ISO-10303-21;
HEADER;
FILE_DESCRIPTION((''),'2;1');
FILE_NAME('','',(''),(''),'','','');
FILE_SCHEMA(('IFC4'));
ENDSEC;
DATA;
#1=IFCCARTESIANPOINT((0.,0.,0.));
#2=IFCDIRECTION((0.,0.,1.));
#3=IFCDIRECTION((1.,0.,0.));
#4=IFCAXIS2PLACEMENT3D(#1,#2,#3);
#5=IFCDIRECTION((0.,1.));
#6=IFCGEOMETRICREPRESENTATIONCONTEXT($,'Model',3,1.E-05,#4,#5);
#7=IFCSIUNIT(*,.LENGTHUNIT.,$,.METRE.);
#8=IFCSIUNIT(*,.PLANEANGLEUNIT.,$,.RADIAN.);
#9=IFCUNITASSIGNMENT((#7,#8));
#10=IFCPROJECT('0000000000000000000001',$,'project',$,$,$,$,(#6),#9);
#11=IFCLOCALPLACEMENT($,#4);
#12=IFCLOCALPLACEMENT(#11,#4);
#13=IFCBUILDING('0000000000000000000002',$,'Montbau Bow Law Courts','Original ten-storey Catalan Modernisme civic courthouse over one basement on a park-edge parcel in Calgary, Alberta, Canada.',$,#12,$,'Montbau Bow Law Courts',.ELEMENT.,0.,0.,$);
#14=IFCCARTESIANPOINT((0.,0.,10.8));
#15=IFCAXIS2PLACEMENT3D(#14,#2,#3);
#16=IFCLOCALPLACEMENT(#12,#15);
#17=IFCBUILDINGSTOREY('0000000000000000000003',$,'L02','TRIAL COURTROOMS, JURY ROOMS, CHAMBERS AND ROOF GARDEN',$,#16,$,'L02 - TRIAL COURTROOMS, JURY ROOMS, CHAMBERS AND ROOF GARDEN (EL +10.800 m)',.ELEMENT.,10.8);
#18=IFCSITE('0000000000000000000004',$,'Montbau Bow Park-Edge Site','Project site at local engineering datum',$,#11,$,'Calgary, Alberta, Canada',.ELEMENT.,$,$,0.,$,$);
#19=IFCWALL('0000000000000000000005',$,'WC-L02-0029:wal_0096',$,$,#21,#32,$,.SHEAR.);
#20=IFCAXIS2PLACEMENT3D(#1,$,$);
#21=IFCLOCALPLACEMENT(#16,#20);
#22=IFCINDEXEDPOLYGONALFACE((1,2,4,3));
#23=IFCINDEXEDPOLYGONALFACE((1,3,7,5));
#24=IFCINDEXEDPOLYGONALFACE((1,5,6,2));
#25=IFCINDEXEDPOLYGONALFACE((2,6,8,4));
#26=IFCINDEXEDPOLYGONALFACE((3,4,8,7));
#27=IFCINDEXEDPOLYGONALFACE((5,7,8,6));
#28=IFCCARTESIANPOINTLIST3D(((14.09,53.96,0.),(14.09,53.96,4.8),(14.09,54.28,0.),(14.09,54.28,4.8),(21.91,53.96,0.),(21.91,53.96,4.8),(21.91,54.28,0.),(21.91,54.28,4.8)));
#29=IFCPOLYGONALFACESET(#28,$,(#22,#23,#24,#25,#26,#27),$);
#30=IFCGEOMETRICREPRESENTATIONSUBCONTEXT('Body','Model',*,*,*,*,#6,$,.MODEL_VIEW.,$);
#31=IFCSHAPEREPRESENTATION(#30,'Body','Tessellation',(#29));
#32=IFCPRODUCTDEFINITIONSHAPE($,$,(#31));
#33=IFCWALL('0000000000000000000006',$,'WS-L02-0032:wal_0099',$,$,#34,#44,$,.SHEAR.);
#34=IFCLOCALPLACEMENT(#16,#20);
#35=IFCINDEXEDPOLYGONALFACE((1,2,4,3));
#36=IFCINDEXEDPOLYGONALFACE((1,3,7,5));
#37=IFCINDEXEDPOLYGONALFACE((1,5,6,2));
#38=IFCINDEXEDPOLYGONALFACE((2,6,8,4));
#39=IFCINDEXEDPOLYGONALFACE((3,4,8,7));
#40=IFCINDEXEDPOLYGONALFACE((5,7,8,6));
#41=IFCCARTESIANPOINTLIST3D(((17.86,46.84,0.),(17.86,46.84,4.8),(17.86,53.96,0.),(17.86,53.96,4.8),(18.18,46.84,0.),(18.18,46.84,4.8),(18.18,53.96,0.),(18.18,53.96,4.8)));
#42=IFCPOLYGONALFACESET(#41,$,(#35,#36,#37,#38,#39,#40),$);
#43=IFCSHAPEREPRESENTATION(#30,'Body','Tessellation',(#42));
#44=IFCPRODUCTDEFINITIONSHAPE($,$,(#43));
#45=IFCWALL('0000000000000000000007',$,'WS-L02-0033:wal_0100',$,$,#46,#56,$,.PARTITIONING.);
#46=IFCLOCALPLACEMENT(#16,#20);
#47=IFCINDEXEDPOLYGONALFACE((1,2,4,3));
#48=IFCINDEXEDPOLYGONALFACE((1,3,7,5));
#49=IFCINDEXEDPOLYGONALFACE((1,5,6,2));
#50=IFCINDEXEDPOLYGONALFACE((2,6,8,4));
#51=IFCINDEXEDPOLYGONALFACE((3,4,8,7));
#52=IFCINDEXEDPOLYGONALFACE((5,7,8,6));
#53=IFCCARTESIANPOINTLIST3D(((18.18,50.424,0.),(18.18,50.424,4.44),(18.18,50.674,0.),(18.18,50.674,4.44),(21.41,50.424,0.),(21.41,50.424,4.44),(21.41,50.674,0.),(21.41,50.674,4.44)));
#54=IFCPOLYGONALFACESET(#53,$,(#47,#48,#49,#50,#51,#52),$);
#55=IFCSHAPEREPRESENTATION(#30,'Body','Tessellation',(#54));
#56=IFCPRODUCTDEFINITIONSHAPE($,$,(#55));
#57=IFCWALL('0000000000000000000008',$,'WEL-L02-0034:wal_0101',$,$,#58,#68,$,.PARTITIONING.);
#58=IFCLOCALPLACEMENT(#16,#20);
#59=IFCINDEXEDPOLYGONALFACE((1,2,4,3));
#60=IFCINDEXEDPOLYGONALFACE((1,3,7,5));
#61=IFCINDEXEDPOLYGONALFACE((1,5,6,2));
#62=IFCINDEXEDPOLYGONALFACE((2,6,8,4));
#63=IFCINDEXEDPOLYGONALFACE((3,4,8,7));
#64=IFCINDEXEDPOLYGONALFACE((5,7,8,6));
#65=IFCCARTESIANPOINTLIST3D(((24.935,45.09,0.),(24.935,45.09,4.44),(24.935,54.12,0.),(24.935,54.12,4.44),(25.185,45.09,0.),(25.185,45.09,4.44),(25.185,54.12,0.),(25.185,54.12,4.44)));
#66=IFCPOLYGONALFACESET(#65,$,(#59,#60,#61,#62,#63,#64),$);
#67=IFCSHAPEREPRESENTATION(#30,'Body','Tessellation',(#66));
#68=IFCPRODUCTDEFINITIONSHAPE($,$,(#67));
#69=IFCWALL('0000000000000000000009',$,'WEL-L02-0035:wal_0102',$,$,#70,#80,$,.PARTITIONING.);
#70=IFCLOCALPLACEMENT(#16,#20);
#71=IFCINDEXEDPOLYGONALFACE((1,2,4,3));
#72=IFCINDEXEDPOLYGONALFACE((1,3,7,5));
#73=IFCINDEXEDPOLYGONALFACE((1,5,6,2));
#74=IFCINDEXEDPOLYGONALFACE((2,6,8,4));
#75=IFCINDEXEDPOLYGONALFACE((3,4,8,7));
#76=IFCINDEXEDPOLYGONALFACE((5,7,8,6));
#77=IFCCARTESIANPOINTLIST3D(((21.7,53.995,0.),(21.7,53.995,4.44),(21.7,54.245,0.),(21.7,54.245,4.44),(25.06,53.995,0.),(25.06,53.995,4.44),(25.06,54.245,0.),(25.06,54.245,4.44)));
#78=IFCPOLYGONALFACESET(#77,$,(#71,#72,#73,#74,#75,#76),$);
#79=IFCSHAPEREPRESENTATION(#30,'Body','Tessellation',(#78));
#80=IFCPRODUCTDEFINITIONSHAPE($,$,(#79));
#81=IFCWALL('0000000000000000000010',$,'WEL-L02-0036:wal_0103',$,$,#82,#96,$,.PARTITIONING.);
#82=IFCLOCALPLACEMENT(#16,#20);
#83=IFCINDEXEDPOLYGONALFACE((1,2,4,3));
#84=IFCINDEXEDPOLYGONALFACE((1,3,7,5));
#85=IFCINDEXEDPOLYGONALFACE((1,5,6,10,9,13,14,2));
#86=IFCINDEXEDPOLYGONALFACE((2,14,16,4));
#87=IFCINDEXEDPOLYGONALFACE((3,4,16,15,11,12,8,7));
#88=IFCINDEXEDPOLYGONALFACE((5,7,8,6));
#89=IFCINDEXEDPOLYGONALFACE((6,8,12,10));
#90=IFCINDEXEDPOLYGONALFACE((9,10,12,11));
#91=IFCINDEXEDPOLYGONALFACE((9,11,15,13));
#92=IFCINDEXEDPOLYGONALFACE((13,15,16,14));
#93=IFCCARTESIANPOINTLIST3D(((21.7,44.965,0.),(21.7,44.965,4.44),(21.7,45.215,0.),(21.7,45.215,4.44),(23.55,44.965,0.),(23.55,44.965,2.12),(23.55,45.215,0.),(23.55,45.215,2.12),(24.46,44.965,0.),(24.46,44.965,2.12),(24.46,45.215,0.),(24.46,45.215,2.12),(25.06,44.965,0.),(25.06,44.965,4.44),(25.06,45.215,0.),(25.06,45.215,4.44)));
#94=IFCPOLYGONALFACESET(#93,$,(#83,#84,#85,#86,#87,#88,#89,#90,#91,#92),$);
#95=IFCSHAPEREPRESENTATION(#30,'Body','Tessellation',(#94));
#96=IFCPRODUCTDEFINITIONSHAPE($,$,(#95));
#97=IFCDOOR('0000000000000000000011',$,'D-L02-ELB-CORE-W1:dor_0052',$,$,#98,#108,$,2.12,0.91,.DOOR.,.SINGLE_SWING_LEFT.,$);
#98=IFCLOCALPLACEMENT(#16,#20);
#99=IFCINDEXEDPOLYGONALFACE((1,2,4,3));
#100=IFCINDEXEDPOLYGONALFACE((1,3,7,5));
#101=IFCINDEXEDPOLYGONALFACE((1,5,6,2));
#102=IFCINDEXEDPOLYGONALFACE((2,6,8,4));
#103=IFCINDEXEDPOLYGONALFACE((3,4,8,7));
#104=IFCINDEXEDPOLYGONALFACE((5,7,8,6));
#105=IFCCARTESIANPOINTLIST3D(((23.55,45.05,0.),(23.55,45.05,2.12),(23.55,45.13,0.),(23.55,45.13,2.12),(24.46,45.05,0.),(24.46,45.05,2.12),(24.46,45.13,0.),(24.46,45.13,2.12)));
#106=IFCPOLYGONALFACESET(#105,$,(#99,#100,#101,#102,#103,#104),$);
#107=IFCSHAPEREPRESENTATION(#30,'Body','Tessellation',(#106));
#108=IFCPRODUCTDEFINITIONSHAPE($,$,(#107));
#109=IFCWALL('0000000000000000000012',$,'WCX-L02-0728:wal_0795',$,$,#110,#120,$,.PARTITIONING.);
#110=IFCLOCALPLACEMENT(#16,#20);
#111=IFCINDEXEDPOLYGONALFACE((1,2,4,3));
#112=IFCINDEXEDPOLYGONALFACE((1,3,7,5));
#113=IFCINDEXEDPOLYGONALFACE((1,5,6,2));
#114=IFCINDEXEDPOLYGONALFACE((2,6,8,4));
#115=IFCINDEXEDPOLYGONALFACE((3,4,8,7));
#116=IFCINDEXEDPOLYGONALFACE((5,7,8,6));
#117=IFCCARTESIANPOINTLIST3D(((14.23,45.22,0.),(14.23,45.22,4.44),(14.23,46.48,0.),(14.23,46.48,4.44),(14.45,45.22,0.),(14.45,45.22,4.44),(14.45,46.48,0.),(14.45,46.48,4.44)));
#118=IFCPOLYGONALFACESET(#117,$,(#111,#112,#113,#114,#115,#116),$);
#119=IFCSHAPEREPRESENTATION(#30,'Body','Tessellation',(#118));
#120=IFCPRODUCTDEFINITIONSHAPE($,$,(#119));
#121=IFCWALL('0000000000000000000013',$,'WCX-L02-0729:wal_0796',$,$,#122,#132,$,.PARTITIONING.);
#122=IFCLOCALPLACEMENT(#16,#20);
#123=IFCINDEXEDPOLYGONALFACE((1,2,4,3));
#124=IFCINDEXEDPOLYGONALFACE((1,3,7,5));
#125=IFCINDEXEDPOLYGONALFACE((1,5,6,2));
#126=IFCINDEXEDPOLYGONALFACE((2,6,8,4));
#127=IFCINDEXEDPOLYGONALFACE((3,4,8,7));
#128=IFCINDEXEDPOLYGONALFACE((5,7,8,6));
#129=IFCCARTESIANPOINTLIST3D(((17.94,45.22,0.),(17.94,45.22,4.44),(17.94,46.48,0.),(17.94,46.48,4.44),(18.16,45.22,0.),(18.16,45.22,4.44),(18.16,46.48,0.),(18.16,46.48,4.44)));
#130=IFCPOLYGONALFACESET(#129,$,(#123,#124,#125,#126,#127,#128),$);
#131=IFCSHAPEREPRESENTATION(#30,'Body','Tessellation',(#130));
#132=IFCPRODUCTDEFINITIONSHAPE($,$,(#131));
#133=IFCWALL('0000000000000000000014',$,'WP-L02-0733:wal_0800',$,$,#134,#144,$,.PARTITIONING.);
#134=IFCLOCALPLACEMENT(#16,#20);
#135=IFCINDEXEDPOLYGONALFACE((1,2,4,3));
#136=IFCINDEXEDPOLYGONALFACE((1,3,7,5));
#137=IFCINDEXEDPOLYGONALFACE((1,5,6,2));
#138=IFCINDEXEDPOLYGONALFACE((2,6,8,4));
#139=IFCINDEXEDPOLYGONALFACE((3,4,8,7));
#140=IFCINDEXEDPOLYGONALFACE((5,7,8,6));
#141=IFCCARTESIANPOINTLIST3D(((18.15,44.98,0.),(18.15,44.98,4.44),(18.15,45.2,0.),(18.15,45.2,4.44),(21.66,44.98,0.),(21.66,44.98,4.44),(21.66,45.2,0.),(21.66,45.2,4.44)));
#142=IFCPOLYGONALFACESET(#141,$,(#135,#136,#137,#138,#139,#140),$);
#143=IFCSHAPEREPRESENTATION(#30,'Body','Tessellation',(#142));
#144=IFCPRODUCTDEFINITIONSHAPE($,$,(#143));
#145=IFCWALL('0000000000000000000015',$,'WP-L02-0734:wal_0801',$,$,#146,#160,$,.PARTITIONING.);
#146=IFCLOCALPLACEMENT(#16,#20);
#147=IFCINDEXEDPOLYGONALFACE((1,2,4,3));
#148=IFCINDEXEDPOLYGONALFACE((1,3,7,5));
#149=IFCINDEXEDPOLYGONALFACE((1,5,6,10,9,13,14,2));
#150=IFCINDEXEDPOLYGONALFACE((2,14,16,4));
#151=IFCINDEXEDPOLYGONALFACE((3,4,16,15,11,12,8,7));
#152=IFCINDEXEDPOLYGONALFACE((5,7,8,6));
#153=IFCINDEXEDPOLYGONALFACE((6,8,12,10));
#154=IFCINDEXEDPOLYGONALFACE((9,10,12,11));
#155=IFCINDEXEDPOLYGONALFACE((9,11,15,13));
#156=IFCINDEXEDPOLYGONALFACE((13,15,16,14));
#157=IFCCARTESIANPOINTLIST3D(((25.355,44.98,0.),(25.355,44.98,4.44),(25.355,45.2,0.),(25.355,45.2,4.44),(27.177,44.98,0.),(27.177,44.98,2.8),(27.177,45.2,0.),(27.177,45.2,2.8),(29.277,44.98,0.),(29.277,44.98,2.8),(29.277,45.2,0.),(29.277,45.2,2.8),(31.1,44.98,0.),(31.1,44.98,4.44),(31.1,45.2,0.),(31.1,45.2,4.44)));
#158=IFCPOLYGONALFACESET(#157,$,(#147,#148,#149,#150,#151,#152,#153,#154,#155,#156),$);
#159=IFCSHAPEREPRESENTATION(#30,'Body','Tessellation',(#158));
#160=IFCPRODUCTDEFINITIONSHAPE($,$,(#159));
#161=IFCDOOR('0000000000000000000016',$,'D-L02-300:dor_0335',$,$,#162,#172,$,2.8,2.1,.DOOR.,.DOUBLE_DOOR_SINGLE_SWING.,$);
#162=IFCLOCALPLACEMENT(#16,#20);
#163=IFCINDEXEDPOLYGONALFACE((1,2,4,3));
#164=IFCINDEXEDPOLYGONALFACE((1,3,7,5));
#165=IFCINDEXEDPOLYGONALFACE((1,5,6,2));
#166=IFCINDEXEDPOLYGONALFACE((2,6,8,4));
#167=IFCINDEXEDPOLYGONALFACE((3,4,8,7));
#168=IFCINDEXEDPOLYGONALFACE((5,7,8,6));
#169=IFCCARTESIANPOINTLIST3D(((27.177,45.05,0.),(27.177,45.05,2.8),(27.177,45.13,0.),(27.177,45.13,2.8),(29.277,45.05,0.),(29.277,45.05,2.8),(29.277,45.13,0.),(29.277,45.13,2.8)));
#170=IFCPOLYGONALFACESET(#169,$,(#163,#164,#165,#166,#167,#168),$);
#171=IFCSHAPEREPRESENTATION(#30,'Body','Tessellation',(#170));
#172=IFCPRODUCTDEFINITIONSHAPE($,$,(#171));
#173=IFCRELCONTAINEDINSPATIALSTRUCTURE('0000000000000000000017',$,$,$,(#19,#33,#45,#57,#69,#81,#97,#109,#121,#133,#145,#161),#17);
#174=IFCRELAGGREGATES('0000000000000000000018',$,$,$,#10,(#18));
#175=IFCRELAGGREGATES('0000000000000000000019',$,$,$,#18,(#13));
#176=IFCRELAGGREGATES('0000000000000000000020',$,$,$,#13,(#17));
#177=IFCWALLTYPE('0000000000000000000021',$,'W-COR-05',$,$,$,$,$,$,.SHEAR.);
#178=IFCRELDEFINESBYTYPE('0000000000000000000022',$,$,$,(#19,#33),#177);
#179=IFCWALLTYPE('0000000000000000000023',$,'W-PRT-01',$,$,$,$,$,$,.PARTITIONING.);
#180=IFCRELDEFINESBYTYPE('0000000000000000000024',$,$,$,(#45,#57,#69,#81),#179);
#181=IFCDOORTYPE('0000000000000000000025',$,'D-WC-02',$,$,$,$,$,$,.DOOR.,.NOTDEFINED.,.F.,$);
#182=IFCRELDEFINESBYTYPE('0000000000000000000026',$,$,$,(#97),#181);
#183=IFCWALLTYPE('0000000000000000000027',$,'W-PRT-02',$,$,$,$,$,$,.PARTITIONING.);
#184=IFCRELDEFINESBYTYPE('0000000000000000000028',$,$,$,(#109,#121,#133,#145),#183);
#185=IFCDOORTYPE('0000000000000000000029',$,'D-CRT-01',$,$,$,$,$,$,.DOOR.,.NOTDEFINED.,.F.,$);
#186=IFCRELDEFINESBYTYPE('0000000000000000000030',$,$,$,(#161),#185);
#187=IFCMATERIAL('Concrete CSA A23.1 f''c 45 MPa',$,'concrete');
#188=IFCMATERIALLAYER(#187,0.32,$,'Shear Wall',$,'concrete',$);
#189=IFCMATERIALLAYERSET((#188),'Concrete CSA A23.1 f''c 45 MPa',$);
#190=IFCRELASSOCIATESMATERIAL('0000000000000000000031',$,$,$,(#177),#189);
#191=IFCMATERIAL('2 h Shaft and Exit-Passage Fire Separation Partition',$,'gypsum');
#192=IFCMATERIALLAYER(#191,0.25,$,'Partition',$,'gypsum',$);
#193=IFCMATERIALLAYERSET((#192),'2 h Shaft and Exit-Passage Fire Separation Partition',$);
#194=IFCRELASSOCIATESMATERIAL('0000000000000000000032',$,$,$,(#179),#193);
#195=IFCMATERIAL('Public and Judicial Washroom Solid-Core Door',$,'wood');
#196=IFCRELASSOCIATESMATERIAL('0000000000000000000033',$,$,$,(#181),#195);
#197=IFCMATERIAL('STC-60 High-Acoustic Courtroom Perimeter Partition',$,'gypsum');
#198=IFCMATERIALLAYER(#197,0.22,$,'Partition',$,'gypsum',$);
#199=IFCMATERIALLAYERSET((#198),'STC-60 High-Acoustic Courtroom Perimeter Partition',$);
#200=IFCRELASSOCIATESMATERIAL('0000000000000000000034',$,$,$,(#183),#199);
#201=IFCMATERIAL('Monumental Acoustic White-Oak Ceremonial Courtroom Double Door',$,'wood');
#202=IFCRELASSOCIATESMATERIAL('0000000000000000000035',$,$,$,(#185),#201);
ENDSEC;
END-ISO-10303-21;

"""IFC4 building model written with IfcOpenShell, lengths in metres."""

from ifc_helpers import new_model, si_unit, direction, frame, frame_2d, origin_with_axes, place, context, subcontext, project, spatial, rectangle, extrude, material, layer, layer_set, type_object, element, fill, save


model = new_model("IFC4")

# Units and contexts
model_context = context("Model", 3, precision=1e-05, world=origin_with_axes(), true_north=direction((0.0, 1.0)))
body_context = subcontext(model_context, "Body", "Model", "MODEL_VIEW")
ifc_project = project(units=[si_unit("LENGTHUNIT", "METRE"), si_unit("PLANEANGLEUNIT", "RADIAN")], contexts=[model_context])

# Site, building, storey
site_placement = place(None, origin_with_axes())
site = spatial("IfcSite", under=ifc_project, at=site_placement, Name="Montbau Bow Park-Edge Site", Description="Project site at local engineering datum", LongName="Calgary, Alberta, Canada", CompositionType="ELEMENT", RefElevation=0.0)
building_placement = place(site_placement, origin_with_axes())
building = spatial("IfcBuilding", under=site, at=building_placement, Name="Montbau Bow Law Courts", Description="Original ten-storey Catalan Modernisme civic courthouse over one basement on a park-edge parcel in Calgary, Alberta, Canada.", LongName="Montbau Bow Law Courts", CompositionType="ELEMENT", ElevationOfRefHeight=0.0, ElevationOfTerrain=0.0)
storey_placement = place(building_placement, frame((0.0, 0.0, 10.8), z_axis=(0.0, 0.0, 1.0), x_axis=(1.0, 0.0, 0.0)))
storey = spatial("IfcBuildingStorey", under=building, at=storey_placement, Name="L02", Description="TRIAL COURTROOMS, JURY ROOMS, CHAMBERS AND ROOF GARDEN", LongName="L02 - TRIAL COURTROOMS, JURY ROOMS, CHAMBERS AND ROOF GARDEN (EL +10.800 m)", CompositionType="ELEMENT", Elevation=10.8)

# Shared definitions
ifc_material_1 = material(Name="Concrete CSA A23.1 f'c 45 MPa", Category="concrete")

# Walls
ifc_layer_1 = layer(ifc_material_1, 0.32, Name="Shear Wall", Category="concrete")
ifc_layer_set_1 = layer_set([ifc_layer_1], Name="Concrete CSA A23.1 f'c 45 MPa")
wall_type_1 = type_object("IfcWallType", Name="W-COR-05", PredefinedType="SHEAR", material=ifc_layer_set_1)
wall_1_placement = place(None, frame((21.91, 54.12, 10.8), z_axis=(0.0, 0.0, 1.0), x_axis=(-1.0, 0.0, 0.0)))
element("IfcWall", 1, at=wall_1_placement, inside=storey, type_object=wall_type_1, Name="WC-L02-0029:wal_0096", PredefinedType="SHEAR", context=body_context, shape_type="SweptSolid", body=[
    extrude(rectangle(XDim=7.82, YDim=0.32, at=frame_2d((3.91, 0.0), x_axis=(1.0, 0.0))), origin_with_axes(), (0.0, 0.0, 1.0), 4.8),
])
wall_2_placement = place(None, frame((18.02, 46.84, 10.8), z_axis=(0.0, 0.0, 1.0), x_axis=(0.0, 1.0, 0.0)))
element("IfcWall", 2, at=wall_2_placement, inside=storey, type_object=wall_type_1, Name="WS-L02-0032:wal_0099", PredefinedType="SHEAR", context=body_context, shape_type="SweptSolid", body=[
    extrude(rectangle(XDim=7.12, YDim=0.32, at=frame_2d((3.56, 0.0), x_axis=(1.0, 0.0))), origin_with_axes(), (0.0, 0.0, 1.0), 4.8),
])
ifc_material_2 = material(Name="2 h Shaft and Exit-Passage Fire Separation Partition", Category="gypsum")
ifc_layer_2 = layer(ifc_material_2, 0.25, Name="Partition", Category="gypsum")
ifc_layer_set_2 = layer_set([ifc_layer_2], Name="2 h Shaft and Exit-Passage Fire Separation Partition")
wall_type_2 = type_object("IfcWallType", Name="W-PRT-01", PredefinedType="PARTITIONING", material=ifc_layer_set_2)
wall_3_placement = place(None, frame((18.18, 50.549, 10.8), z_axis=(0.0, 0.0, 1.0), x_axis=(1.0, 0.0, 0.0)))
element("IfcWall", 3, at=wall_3_placement, inside=storey, type_object=wall_type_2, Name="WS-L02-0033:wal_0100", PredefinedType="PARTITIONING", context=body_context, shape_type="SweptSolid", body=[
    extrude(rectangle(XDim=3.23, YDim=0.25, at=frame_2d((1.615, 0.0), x_axis=(1.0, 0.0))), origin_with_axes(), (0.0, 0.0, 1.0), 4.44),
])
wall_4_placement = place(None, frame((25.06, 45.09, 10.8), z_axis=(0.0, 0.0, 1.0), x_axis=(0.0, 1.0, 0.0)))
element("IfcWall", 4, at=wall_4_placement, inside=storey, type_object=wall_type_2, Name="WEL-L02-0034:wal_0101", PredefinedType="PARTITIONING", context=body_context, shape_type="SweptSolid", body=[
    extrude(rectangle(XDim=9.03, YDim=0.25, at=frame_2d((4.515, 0.0), x_axis=(1.0, 0.0))), origin_with_axes(), (0.0, 0.0, 1.0), 4.44),
])
wall_5_placement = place(None, frame((21.7, 54.12, 10.8), z_axis=(0.0, 0.0, 1.0), x_axis=(1.0, 0.0, 0.0)))
element("IfcWall", 5, at=wall_5_placement, inside=storey, type_object=wall_type_2, Name="WEL-L02-0035:wal_0102", PredefinedType="PARTITIONING", context=body_context, shape_type="SweptSolid", body=[
    extrude(rectangle(XDim=3.36, YDim=0.25, at=frame_2d((1.68, 0.0), x_axis=(1.0, 0.0))), origin_with_axes(), (0.0, 0.0, 1.0), 4.44),
])

# Wall, opening, door
wall_6_placement = place(None, frame((21.7, 45.09, 10.8), z_axis=(0.0, 0.0, 1.0), x_axis=(1.0, 0.0, 0.0)))
wall_6 = element("IfcWall", 6, at=wall_6_placement, inside=storey, type_object=wall_type_2, Name="WEL-L02-0036:wal_0103", PredefinedType="PARTITIONING", context=body_context, shape_type="SweptSolid", body=[
    extrude(rectangle(XDim=3.36, YDim=0.25, at=frame_2d((1.68, 0.0), x_axis=(1.0, 0.0))), origin_with_axes(), (0.0, 0.0, 1.0), 4.44),
])
opening_1_placement = place(None, frame((24.005, 45.09, 10.8), z_axis=(0.0, 0.0, 1.0), x_axis=(1.0, 0.0, 0.0)))
opening_1 = element("IfcOpeningElement", 7, at=opening_1_placement, cuts=wall_6, PredefinedType="OPENING", context=body_context, shape_type="SweptSolid", body=[
    extrude(rectangle(XDim=0.91, YDim=2.12, at=frame_2d((0.0, 1.06), x_axis=(1.0, 0.0))), frame((0.0, 0.135, 0.0), z_axis=(0.0, -1.0, 0.0), x_axis=(1.0, 0.0, 0.0)), (0.0, 0.0, 1.0), 0.27),
])
ifc_material_3 = material(Name="Public and Judicial Washroom Solid-Core Door", Category="wood")
door_type_1 = type_object("IfcDoorType", Name="D-WC-02", OperationType="NOTDEFINED", ParameterTakesPrecedence=False, PredefinedType="DOOR", material=ifc_material_3)
door_1_placement = place(None, frame((24.005, 45.09, 10.8), z_axis=(0.0, 0.0, 1.0), x_axis=(1.0, 0.0, 0.0)))
door_1 = element("IfcDoor", 8, at=door_1_placement, inside=storey, type_object=door_type_1, Name="D-L02-ELB-CORE-W1:dor_0052", OperationType="SINGLE_SWING_LEFT", OverallHeight=2.12, OverallWidth=0.91, PredefinedType="DOOR", context=body_context, shape_type="SweptSolid", body=[
    extrude(rectangle(XDim=0.91, YDim=2.12, at=frame_2d((0.0, 1.06), x_axis=(1.0, 0.0))), frame((0.0, 0.04, 0.0), z_axis=(0.0, -1.0, 0.0), x_axis=(1.0, 0.0, 0.0)), (0.0, 0.0, 1.0), 0.08),
])
fill(opening_1, door_1)

# Walls
ifc_material_4 = material(Name="STC-60 High-Acoustic Courtroom Perimeter Partition", Category="gypsum")
ifc_layer_3 = layer(ifc_material_4, 0.22, Name="Partition", Category="gypsum")
ifc_layer_set_3 = layer_set([ifc_layer_3], Name="STC-60 High-Acoustic Courtroom Perimeter Partition")
wall_type_3 = type_object("IfcWallType", Name="W-PRT-02", PredefinedType="PARTITIONING", material=ifc_layer_set_3)
for number, where, z_axis, x_axis, name in (
    (9, (14.34, 45.22, 10.8), (0.0, 0.0, 1.0), (0.0, 1.0, 0.0), "WCX-L02-0728:wal_0795"),
    (10, (18.05, 45.22, 10.8), (0.0, 0.0, 1.0), (0.0, 1.0, 0.0), "WCX-L02-0729:wal_0796"),
):
    element("IfcWall", number, at=place(None, frame(where, z_axis=z_axis, x_axis=x_axis)), inside=storey, type_object=wall_type_3, Name=name, PredefinedType="PARTITIONING", context=body_context, shape_type="SweptSolid", body=[
        extrude(rectangle(XDim=1.26, YDim=0.22, at=frame_2d((0.63, 0.0), x_axis=(1.0, 0.0))), origin_with_axes(), (0.0, 0.0, 1.0), 4.44),
    ])
wall_7_placement = place(None, frame((18.15, 45.09, 10.8), z_axis=(0.0, 0.0, 1.0), x_axis=(1.0, 0.0, 0.0)))
element("IfcWall", 11, at=wall_7_placement, inside=storey, type_object=wall_type_3, Name="WP-L02-0733:wal_0800", PredefinedType="PARTITIONING", context=body_context, shape_type="SweptSolid", body=[
    extrude(rectangle(XDim=3.51, YDim=0.22, at=frame_2d((1.755, 0.0), x_axis=(1.0, 0.0))), origin_with_axes(), (0.0, 0.0, 1.0), 4.44),
])

# Wall, opening, door
wall_8_placement = place(None, frame((25.355, 45.09, 10.8), z_axis=(0.0, 0.0, 1.0), x_axis=(1.0, 0.0, 0.0)))
wall_8 = element("IfcWall", 12, at=wall_8_placement, inside=storey, type_object=wall_type_3, Name="WP-L02-0734:wal_0801", PredefinedType="PARTITIONING", context=body_context, shape_type="SweptSolid", body=[
    extrude(rectangle(XDim=5.745, YDim=0.22, at=frame_2d((2.8725, 0.0), x_axis=(1.0, 0.0))), origin_with_axes(), (0.0, 0.0, 1.0), 4.44),
])
opening_2_placement = place(None, frame((28.227, 45.09, 10.8), z_axis=(0.0, 0.0, 1.0), x_axis=(1.0, 0.0, 0.0)))
opening_2 = element("IfcOpeningElement", 13, at=opening_2_placement, cuts=wall_8, PredefinedType="OPENING", context=body_context, shape_type="SweptSolid", body=[
    extrude(rectangle(XDim=2.1, YDim=2.8, at=frame_2d((0.0, 1.4), x_axis=(1.0, 0.0))), frame((0.0, 0.12, 0.0), z_axis=(0.0, -1.0, 0.0), x_axis=(1.0, 0.0, 0.0)), (0.0, 0.0, 1.0), 0.24),
])
ifc_material_5 = material(Name="Monumental Acoustic White-Oak Ceremonial Courtroom Double Door", Category="wood")
door_type_2 = type_object("IfcDoorType", Name="D-CRT-01", OperationType="NOTDEFINED", ParameterTakesPrecedence=False, PredefinedType="DOOR", material=ifc_material_5)
door_2_placement = place(None, frame((28.227, 45.09, 10.8), z_axis=(0.0, 0.0, 1.0), x_axis=(-1.0, 0.0, 0.0)))
door_2 = element("IfcDoor", 14, at=door_2_placement, inside=storey, type_object=door_type_2, Name="D-L02-300:dor_0335", OperationType="DOUBLE_DOOR_SINGLE_SWING", OverallHeight=2.8, OverallWidth=2.1, PredefinedType="DOOR", context=body_context, shape_type="SweptSolid", body=[
    extrude(rectangle(XDim=2.1, YDim=2.8, at=frame_2d((0.0, 1.4), x_axis=(1.0, 0.0))), frame((0.0, 0.04, 0.0), z_axis=(0.0, -1.0, 0.0), x_axis=(1.0, 0.0, 0.0)), (0.0, 0.0, 1.0), 0.08),
])
fill(opening_2, door_2)

save(model, "model.ifc")
